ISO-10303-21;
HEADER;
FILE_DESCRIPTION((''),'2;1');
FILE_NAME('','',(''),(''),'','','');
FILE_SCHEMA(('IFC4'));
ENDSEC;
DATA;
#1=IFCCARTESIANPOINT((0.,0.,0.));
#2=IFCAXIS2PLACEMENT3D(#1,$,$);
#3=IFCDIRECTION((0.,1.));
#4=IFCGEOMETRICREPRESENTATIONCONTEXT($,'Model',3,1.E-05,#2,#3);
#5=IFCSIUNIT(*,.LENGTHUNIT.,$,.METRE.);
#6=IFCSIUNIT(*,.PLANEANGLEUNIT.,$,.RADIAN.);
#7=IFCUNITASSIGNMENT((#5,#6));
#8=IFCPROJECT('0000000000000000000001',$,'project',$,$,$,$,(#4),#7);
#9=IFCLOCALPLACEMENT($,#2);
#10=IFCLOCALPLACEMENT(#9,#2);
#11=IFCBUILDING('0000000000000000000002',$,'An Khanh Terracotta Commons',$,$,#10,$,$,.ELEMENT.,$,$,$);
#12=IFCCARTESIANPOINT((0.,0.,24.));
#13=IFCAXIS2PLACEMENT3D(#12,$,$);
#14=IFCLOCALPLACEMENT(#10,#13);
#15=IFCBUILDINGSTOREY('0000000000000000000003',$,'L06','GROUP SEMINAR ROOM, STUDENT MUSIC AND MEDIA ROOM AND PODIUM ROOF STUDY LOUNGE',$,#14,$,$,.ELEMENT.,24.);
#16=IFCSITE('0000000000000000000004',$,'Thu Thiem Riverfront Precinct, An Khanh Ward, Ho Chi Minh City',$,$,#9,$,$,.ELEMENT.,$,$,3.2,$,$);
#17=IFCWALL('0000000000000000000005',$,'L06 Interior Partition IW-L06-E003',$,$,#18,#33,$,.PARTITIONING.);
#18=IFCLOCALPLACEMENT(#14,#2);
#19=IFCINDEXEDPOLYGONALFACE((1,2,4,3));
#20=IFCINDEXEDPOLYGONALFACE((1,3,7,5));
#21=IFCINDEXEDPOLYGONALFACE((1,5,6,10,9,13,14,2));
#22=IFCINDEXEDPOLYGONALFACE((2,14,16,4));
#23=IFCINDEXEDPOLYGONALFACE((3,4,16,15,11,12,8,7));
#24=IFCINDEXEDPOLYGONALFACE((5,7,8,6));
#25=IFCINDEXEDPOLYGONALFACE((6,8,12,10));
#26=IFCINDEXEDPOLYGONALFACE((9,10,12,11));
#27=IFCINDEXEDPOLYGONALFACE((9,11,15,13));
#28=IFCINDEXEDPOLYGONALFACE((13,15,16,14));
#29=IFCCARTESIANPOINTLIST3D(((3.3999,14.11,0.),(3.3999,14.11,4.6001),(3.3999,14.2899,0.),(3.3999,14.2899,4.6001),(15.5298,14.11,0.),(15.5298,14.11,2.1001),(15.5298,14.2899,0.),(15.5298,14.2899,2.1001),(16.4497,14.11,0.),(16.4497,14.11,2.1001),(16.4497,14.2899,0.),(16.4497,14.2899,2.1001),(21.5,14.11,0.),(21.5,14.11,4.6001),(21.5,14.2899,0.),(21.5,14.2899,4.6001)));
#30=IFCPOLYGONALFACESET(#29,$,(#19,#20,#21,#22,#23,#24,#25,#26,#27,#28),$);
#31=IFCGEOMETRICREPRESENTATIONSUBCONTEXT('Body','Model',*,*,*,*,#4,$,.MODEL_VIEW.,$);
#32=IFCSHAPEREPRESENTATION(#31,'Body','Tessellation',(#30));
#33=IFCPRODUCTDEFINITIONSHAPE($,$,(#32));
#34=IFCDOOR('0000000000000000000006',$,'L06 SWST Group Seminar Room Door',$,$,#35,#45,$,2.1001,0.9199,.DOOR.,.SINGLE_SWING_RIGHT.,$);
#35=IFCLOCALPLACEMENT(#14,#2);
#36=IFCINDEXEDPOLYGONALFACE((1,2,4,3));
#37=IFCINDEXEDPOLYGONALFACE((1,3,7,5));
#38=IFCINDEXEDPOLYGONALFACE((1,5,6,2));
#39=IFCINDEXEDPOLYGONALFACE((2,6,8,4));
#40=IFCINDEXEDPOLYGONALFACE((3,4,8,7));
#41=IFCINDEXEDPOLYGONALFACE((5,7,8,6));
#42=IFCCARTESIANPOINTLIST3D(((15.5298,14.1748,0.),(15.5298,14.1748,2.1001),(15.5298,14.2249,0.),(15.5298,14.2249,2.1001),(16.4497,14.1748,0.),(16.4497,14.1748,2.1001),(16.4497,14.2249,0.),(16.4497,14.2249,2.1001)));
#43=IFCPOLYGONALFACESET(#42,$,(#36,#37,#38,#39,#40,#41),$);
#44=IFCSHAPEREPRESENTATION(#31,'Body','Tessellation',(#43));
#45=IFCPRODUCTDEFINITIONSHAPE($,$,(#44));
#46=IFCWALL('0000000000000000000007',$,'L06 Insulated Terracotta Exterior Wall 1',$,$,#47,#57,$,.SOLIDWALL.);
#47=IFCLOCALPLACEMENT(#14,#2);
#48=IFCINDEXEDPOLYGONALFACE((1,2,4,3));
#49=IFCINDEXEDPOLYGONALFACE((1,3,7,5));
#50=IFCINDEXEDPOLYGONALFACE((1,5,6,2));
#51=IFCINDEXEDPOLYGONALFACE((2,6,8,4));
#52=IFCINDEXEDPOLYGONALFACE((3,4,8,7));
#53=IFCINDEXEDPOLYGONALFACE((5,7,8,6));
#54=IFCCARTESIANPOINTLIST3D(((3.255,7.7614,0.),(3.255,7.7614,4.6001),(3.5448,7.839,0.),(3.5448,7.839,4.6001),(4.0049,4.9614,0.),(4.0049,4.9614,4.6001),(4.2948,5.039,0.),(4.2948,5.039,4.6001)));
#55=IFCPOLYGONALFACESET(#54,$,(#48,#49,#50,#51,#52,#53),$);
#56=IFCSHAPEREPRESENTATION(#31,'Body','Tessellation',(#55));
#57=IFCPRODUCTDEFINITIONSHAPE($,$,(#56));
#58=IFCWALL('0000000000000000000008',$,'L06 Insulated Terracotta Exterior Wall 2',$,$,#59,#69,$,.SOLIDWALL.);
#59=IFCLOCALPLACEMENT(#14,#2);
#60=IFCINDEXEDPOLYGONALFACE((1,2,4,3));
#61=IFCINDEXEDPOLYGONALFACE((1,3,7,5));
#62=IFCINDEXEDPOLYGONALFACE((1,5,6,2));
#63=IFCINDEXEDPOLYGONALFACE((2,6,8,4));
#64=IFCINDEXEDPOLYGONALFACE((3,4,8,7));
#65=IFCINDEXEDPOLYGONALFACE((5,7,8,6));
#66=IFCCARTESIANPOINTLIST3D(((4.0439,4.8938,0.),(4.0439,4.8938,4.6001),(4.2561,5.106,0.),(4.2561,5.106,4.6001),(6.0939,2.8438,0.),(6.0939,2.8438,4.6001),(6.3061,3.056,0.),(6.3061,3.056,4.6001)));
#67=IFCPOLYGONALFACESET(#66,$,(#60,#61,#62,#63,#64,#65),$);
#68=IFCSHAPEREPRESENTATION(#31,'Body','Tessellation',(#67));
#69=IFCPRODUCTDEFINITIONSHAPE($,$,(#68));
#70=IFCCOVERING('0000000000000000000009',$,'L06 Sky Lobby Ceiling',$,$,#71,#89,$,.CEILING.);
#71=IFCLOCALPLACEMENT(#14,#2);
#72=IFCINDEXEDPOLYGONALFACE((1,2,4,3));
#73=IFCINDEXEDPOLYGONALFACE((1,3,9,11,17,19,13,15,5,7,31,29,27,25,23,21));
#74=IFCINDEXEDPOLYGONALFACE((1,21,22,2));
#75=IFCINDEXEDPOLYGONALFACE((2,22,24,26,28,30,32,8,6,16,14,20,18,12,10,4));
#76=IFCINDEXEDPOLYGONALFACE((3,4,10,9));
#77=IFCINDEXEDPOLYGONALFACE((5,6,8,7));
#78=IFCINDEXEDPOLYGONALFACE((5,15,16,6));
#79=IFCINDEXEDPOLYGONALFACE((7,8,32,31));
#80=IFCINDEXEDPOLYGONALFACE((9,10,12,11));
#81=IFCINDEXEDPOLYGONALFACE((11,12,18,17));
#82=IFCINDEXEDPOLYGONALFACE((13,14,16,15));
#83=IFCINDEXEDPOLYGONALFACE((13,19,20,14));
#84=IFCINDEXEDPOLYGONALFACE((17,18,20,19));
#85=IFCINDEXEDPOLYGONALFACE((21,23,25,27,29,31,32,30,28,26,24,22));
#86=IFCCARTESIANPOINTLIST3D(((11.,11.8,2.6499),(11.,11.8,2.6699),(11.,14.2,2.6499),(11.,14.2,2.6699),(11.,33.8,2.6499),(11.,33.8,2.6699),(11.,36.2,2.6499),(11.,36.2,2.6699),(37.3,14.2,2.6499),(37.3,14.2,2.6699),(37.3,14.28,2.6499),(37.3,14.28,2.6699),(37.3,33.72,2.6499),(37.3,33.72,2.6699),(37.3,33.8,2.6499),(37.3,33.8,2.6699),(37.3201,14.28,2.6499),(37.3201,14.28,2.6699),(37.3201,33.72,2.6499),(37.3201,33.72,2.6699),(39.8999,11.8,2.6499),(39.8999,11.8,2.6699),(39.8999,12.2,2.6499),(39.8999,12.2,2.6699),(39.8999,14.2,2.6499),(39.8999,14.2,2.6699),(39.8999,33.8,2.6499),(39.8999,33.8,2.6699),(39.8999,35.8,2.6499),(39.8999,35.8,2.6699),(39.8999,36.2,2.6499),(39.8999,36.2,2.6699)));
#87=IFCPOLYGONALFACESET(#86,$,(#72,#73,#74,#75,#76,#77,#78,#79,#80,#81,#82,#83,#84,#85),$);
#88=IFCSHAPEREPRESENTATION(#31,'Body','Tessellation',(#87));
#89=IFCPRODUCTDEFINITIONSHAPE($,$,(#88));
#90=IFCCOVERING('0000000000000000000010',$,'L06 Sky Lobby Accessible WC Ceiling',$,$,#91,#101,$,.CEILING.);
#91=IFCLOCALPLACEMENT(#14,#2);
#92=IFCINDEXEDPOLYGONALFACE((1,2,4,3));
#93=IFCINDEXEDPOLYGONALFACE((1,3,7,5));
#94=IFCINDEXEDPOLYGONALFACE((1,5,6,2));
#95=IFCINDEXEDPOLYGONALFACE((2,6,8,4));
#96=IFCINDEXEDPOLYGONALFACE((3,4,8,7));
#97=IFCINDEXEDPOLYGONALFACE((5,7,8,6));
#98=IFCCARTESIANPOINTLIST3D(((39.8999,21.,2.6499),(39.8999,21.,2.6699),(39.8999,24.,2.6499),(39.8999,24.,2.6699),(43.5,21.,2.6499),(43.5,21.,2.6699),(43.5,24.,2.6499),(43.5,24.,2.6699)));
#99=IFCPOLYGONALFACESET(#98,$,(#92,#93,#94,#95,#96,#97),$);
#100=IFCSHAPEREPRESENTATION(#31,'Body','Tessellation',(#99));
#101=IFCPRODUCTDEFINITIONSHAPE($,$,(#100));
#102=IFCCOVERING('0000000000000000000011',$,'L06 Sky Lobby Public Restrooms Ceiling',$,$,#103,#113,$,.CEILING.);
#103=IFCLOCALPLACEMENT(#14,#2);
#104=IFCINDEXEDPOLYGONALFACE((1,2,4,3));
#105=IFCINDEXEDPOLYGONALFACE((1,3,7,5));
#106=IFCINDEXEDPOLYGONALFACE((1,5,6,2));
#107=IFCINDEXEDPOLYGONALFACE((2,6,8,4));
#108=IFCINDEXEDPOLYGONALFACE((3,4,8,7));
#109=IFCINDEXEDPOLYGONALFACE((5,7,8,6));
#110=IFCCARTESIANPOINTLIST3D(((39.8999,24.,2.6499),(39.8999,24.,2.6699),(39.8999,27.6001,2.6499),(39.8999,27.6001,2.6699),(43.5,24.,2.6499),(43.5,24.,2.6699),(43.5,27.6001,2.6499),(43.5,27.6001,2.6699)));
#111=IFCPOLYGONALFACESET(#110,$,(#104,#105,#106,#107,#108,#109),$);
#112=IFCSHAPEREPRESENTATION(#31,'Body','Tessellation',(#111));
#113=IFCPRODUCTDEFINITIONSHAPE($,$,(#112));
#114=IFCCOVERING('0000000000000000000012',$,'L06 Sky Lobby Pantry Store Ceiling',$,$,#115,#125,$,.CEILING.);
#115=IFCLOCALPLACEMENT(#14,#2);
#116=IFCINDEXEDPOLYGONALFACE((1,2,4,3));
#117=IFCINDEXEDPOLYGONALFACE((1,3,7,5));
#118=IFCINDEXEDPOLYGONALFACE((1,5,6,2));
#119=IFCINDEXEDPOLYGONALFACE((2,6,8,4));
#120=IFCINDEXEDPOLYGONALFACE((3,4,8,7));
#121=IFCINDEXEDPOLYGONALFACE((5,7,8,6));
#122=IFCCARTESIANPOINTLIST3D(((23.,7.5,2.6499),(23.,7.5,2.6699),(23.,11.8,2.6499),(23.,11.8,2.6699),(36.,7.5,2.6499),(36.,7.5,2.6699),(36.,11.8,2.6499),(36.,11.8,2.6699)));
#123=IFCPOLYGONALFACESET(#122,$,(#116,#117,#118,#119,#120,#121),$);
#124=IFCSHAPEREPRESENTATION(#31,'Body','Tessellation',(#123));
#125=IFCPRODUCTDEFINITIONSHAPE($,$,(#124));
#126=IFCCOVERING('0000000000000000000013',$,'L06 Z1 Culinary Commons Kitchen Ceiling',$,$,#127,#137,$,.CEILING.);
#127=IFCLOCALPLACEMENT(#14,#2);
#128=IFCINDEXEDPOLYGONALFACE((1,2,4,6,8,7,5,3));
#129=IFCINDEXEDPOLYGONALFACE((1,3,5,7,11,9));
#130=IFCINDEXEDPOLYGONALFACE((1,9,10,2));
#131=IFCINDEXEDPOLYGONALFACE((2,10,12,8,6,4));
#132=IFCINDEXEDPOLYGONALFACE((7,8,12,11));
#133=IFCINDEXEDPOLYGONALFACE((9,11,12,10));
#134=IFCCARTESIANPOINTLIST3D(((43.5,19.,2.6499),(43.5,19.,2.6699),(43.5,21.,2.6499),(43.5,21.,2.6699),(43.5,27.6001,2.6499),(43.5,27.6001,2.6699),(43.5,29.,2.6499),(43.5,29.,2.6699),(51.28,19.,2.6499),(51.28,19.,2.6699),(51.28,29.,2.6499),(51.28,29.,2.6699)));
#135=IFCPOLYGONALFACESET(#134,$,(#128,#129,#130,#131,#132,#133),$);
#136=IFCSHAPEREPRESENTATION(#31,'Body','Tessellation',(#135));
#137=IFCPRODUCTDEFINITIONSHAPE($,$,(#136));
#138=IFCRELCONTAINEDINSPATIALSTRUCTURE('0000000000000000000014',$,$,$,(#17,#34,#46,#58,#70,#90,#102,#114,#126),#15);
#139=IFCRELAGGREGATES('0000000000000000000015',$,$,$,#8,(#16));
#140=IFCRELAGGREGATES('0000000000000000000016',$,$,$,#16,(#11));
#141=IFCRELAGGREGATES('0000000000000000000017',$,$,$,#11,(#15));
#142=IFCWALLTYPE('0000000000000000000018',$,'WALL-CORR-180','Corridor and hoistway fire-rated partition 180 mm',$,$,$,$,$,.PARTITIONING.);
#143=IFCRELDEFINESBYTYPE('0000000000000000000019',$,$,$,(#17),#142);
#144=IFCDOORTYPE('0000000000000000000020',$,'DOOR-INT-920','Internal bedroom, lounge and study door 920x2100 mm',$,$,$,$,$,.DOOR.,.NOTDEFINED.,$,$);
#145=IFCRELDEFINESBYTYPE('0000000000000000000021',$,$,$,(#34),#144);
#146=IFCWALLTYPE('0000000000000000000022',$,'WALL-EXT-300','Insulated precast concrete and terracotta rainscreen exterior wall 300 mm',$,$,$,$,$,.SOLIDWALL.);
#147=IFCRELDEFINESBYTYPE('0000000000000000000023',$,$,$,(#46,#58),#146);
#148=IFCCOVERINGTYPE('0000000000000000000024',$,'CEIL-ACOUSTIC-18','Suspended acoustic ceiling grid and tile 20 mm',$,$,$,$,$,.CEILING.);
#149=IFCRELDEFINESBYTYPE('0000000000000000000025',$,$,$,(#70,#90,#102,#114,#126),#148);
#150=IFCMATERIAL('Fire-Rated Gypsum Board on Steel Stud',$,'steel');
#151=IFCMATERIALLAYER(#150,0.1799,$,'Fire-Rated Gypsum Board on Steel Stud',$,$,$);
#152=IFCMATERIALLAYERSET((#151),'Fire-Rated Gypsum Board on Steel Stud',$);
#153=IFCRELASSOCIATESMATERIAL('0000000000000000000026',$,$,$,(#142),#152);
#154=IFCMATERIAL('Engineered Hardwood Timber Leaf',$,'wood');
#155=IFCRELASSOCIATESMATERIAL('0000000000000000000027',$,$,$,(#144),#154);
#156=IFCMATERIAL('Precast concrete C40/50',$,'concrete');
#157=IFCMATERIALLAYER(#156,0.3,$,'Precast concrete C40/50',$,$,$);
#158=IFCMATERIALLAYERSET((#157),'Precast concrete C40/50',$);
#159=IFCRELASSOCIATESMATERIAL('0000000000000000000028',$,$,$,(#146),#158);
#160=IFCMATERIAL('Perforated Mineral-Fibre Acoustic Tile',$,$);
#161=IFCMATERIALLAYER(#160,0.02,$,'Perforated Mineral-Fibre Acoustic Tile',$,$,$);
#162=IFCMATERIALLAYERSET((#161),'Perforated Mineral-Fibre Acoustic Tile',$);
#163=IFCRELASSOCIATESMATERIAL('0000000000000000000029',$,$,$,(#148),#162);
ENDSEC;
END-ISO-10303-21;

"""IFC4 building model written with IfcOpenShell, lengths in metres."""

from ifc_helpers import new_model, si_unit, direction, frame, frame_2d, origin, place, context, subcontext, project, spatial, polyline, rectangle, outline, extrude, material, layer, layer_set, type_object, element, fill, save


model = new_model("IFC4")

# Units and contexts
model_context = context("Model", 3, precision=1e-05, world=origin(), true_north=direction((0.0, 1.0)))
body_context = subcontext(model_context, "Body", "Model", "MODEL_VIEW")
ifc_project = project(units=[si_unit("LENGTHUNIT", "METRE"), si_unit("PLANEANGLEUNIT", "RADIAN")], contexts=[model_context])

# Site, building, storey
site_placement = place(None, origin())
site = spatial("IfcSite", under=ifc_project, at=site_placement, Name="Thu Thiem Riverfront Precinct, An Khanh Ward, Ho Chi Minh City", CompositionType="ELEMENT", RefElevation=3.2)
building_placement = place(site_placement, origin())
building = spatial("IfcBuilding", under=site, at=building_placement, Name="An Khanh Terracotta Commons", CompositionType="ELEMENT")
storey_placement = place(building_placement, frame((0.0, 0.0, 24.0)))
storey = spatial("IfcBuildingStorey", under=building, at=storey_placement, Name="L06", Description="GROUP SEMINAR ROOM, STUDENT MUSIC AND MEDIA ROOM AND PODIUM ROOF STUDY LOUNGE", CompositionType="ELEMENT", Elevation=24.0)

# Shared definitions
ifc_material_1 = material(Name="Precast concrete C40/50", Category="concrete")

# Wall, opening, door
ifc_material_2 = material(Name="Fire-Rated Gypsum Board on Steel Stud", Category="steel")
ifc_layer_1 = layer(ifc_material_2, 0.1799, Name="Fire-Rated Gypsum Board on Steel Stud")
ifc_layer_set_1 = layer_set([ifc_layer_1], Name="Fire-Rated Gypsum Board on Steel Stud")
wall_type_1 = type_object("IfcWallType", Name="WALL-CORR-180", Description="Corridor and hoistway fire-rated partition 180 mm", PredefinedType="PARTITIONING", material=ifc_layer_set_1)
wall_1_placement = place(storey_placement, frame((3.3999, 14.2, 0.0), z_axis=(0.0, 0.0, 1.0), x_axis=(1.0, 0.0, 0.0)))
wall_1 = element("IfcWall", 1, at=wall_1_placement, inside=storey, type_object=wall_type_1, Name="L06 Interior Partition IW-L06-E003", PredefinedType="PARTITIONING", context=body_context, shape_type="SweptSolid", body=[
    extrude(rectangle(XDim=18.1001, YDim=0.1799, at=frame_2d((9.05, 0.0))), origin(), (0.0, 0.0, 1.0), 4.6001),
])
opening_placement = place(wall_1_placement, frame((12.1299, 0.0, 0.0)))
opening = element("IfcOpeningElement", 2, at=opening_placement, cuts=wall_1, PredefinedType="OPENING", context=body_context, shape_type="SweptSolid", body=[
    extrude(rectangle(XDim=0.9199, YDim=2.1001, at=frame_2d((0.46, 1.05))), frame((0.0, 0.0999, 0.0), z_axis=(0.0, -1.0, 0.0), x_axis=(1.0, 0.0, 0.0)), (0.0, 0.0, 1.0), 0.2),
])
ifc_material_3 = material(Name="Engineered Hardwood Timber Leaf", Category="wood")
door_type = type_object("IfcDoorType", Name="DOOR-INT-920", Description="Internal bedroom, lounge and study door 920x2100 mm", OperationType="NOTDEFINED", PredefinedType="DOOR", material=ifc_material_3)
door_placement = place(opening_placement, origin())
door = element("IfcDoor", 3, at=door_placement, inside=storey, type_object=door_type, Name="L06 SWST Group Seminar Room Door", OperationType="SINGLE_SWING_RIGHT", OverallHeight=2.1001, OverallWidth=0.9199, PredefinedType="DOOR", context=body_context, shape_type="SweptSolid", body=[
    extrude(rectangle(XDim=0.9199, YDim=2.1001, at=frame_2d((0.46, 1.05))), frame((0.0, 0.0249, 0.0), z_axis=(0.0, -1.0, 0.0), x_axis=(1.0, 0.0, 0.0)), (0.0, 0.0, 1.0), 0.05),
])
fill(opening, door)

# Walls
ifc_layer_2 = layer(ifc_material_1, 0.3, Name="Precast concrete C40/50")
ifc_layer_set_2 = layer_set([ifc_layer_2], Name="Precast concrete C40/50")
wall_type_2 = type_object("IfcWallType", Name="WALL-EXT-300", Description="Insulated precast concrete and terracotta rainscreen exterior wall 300 mm", PredefinedType="SOLIDWALL", material=ifc_layer_set_2)
wall_2_placement = place(storey_placement, frame((3.3999, 7.8, 0.0), z_axis=(0.0, 0.0, 1.0), x_axis=(0.258732, -0.965949, 0.0)))
element("IfcWall", 4, at=wall_2_placement, inside=storey, type_object=wall_type_2, Name="L06 Insulated Terracotta Exterior Wall 1", PredefinedType="SOLIDWALL", context=body_context, shape_type="SweptSolid", body=[
    extrude(rectangle(XDim=2.8987, YDim=0.3, at=frame_2d((1.4492, 0.0))), origin(), (0.0, 0.0, 1.0), 4.6001),
])
wall_3_placement = place(storey_placement, frame((4.1499, 5.0, 0.0), z_axis=(0.0, 0.0, 1.0), x_axis=(0.707107, -0.707107, 0.0)))
element("IfcWall", 5, at=wall_3_placement, inside=storey, type_object=wall_type_2, Name="L06 Insulated Terracotta Exterior Wall 2", PredefinedType="SOLIDWALL", context=body_context, shape_type="SweptSolid", body=[
    extrude(rectangle(XDim=2.8992, YDim=0.3, at=frame_2d((1.4497, 0.0))), origin(), (0.0, 0.0, 1.0), 4.6001),
])

# Coverings
ifc_material_4 = material(Name="Perforated Mineral-Fibre Acoustic Tile")
ifc_layer_3 = layer(ifc_material_4, 0.02, Name="Perforated Mineral-Fibre Acoustic Tile")
ifc_layer_set_3 = layer_set([ifc_layer_3], Name="Perforated Mineral-Fibre Acoustic Tile")
covering_type = type_object("IfcCoveringType", Name="CEIL-ACOUSTIC-18", Description="Suspended acoustic ceiling grid and tile 20 mm", PredefinedType="CEILING", material=ifc_layer_set_3)
covering_1_placement = place(storey_placement, frame((0.0, 0.0, 2.6499)))
element("IfcCovering", 6, at=covering_1_placement, inside=storey, type_object=covering_type, Name="L06 Sky Lobby Ceiling", PredefinedType="CEILING", context=body_context, shape_type="SweptSolid", body=[
    extrude(outline(polyline([(11.0, 11.8), (11.0, 14.2), (37.3, 14.2), (37.3, 14.28), (37.3201, 14.28), (37.3201, 33.72), (37.3, 33.72), (37.3, 33.8), (11.0, 33.8), (11.0, 36.2), (39.8999, 36.2), (39.8999, 35.8), (39.8999, 33.8), (39.8999, 14.2), (39.8999, 12.2), (39.8999, 11.8), (11.0, 11.8)])), origin(), (0.0, 0.0, 1.0), 0.02),
])
covering_2_placement = place(storey_placement, frame((0.0, 0.0, 2.6499)))
element("IfcCovering", 7, at=covering_2_placement, inside=storey, type_object=covering_type, Name="L06 Sky Lobby Accessible WC Ceiling", PredefinedType="CEILING", context=body_context, shape_type="SweptSolid", body=[
    extrude(outline(polyline([(39.8999, 24.0), (43.5, 24.0), (43.5, 21.0), (39.8999, 21.0), (39.8999, 24.0)])), origin(), (0.0, 0.0, 1.0), 0.02),
])
covering_3_placement = place(storey_placement, frame((0.0, 0.0, 2.6499)))
element("IfcCovering", 8, at=covering_3_placement, inside=storey, type_object=covering_type, Name="L06 Sky Lobby Public Restrooms Ceiling", PredefinedType="CEILING", context=body_context, shape_type="SweptSolid", body=[
    extrude(outline(polyline([(39.8999, 27.6001), (43.5, 27.6001), (43.5, 24.0), (39.8999, 24.0), (39.8999, 27.6001)])), origin(), (0.0, 0.0, 1.0), 0.02),
])
covering_4_placement = place(storey_placement, frame((0.0, 0.0, 2.6499)))
element("IfcCovering", 9, at=covering_4_placement, inside=storey, type_object=covering_type, Name="L06 Sky Lobby Pantry Store Ceiling", PredefinedType="CEILING", context=body_context, shape_type="SweptSolid", body=[
    extrude(outline(polyline([(36.0, 11.8), (36.0, 7.5), (23.0, 7.5), (23.0, 11.8), (36.0, 11.8)])), origin(), (0.0, 0.0, 1.0), 0.02),
])
covering_5_placement = place(storey_placement, frame((0.0, 0.0, 2.6499)))
element("IfcCovering", 10, at=covering_5_placement, inside=storey, type_object=covering_type, Name="L06 Z1 Culinary Commons Kitchen Ceiling", PredefinedType="CEILING", context=body_context, shape_type="SweptSolid", body=[
    extrude(outline(polyline([(51.28, 19.0), (43.5, 19.0), (43.5, 21.0), (43.5, 27.6001), (43.5, 29.0), (51.28, 29.0), (51.28, 19.0)])), origin(), (0.0, 0.0, 1.0), 0.02),
])

save(model, "model.ifc")
